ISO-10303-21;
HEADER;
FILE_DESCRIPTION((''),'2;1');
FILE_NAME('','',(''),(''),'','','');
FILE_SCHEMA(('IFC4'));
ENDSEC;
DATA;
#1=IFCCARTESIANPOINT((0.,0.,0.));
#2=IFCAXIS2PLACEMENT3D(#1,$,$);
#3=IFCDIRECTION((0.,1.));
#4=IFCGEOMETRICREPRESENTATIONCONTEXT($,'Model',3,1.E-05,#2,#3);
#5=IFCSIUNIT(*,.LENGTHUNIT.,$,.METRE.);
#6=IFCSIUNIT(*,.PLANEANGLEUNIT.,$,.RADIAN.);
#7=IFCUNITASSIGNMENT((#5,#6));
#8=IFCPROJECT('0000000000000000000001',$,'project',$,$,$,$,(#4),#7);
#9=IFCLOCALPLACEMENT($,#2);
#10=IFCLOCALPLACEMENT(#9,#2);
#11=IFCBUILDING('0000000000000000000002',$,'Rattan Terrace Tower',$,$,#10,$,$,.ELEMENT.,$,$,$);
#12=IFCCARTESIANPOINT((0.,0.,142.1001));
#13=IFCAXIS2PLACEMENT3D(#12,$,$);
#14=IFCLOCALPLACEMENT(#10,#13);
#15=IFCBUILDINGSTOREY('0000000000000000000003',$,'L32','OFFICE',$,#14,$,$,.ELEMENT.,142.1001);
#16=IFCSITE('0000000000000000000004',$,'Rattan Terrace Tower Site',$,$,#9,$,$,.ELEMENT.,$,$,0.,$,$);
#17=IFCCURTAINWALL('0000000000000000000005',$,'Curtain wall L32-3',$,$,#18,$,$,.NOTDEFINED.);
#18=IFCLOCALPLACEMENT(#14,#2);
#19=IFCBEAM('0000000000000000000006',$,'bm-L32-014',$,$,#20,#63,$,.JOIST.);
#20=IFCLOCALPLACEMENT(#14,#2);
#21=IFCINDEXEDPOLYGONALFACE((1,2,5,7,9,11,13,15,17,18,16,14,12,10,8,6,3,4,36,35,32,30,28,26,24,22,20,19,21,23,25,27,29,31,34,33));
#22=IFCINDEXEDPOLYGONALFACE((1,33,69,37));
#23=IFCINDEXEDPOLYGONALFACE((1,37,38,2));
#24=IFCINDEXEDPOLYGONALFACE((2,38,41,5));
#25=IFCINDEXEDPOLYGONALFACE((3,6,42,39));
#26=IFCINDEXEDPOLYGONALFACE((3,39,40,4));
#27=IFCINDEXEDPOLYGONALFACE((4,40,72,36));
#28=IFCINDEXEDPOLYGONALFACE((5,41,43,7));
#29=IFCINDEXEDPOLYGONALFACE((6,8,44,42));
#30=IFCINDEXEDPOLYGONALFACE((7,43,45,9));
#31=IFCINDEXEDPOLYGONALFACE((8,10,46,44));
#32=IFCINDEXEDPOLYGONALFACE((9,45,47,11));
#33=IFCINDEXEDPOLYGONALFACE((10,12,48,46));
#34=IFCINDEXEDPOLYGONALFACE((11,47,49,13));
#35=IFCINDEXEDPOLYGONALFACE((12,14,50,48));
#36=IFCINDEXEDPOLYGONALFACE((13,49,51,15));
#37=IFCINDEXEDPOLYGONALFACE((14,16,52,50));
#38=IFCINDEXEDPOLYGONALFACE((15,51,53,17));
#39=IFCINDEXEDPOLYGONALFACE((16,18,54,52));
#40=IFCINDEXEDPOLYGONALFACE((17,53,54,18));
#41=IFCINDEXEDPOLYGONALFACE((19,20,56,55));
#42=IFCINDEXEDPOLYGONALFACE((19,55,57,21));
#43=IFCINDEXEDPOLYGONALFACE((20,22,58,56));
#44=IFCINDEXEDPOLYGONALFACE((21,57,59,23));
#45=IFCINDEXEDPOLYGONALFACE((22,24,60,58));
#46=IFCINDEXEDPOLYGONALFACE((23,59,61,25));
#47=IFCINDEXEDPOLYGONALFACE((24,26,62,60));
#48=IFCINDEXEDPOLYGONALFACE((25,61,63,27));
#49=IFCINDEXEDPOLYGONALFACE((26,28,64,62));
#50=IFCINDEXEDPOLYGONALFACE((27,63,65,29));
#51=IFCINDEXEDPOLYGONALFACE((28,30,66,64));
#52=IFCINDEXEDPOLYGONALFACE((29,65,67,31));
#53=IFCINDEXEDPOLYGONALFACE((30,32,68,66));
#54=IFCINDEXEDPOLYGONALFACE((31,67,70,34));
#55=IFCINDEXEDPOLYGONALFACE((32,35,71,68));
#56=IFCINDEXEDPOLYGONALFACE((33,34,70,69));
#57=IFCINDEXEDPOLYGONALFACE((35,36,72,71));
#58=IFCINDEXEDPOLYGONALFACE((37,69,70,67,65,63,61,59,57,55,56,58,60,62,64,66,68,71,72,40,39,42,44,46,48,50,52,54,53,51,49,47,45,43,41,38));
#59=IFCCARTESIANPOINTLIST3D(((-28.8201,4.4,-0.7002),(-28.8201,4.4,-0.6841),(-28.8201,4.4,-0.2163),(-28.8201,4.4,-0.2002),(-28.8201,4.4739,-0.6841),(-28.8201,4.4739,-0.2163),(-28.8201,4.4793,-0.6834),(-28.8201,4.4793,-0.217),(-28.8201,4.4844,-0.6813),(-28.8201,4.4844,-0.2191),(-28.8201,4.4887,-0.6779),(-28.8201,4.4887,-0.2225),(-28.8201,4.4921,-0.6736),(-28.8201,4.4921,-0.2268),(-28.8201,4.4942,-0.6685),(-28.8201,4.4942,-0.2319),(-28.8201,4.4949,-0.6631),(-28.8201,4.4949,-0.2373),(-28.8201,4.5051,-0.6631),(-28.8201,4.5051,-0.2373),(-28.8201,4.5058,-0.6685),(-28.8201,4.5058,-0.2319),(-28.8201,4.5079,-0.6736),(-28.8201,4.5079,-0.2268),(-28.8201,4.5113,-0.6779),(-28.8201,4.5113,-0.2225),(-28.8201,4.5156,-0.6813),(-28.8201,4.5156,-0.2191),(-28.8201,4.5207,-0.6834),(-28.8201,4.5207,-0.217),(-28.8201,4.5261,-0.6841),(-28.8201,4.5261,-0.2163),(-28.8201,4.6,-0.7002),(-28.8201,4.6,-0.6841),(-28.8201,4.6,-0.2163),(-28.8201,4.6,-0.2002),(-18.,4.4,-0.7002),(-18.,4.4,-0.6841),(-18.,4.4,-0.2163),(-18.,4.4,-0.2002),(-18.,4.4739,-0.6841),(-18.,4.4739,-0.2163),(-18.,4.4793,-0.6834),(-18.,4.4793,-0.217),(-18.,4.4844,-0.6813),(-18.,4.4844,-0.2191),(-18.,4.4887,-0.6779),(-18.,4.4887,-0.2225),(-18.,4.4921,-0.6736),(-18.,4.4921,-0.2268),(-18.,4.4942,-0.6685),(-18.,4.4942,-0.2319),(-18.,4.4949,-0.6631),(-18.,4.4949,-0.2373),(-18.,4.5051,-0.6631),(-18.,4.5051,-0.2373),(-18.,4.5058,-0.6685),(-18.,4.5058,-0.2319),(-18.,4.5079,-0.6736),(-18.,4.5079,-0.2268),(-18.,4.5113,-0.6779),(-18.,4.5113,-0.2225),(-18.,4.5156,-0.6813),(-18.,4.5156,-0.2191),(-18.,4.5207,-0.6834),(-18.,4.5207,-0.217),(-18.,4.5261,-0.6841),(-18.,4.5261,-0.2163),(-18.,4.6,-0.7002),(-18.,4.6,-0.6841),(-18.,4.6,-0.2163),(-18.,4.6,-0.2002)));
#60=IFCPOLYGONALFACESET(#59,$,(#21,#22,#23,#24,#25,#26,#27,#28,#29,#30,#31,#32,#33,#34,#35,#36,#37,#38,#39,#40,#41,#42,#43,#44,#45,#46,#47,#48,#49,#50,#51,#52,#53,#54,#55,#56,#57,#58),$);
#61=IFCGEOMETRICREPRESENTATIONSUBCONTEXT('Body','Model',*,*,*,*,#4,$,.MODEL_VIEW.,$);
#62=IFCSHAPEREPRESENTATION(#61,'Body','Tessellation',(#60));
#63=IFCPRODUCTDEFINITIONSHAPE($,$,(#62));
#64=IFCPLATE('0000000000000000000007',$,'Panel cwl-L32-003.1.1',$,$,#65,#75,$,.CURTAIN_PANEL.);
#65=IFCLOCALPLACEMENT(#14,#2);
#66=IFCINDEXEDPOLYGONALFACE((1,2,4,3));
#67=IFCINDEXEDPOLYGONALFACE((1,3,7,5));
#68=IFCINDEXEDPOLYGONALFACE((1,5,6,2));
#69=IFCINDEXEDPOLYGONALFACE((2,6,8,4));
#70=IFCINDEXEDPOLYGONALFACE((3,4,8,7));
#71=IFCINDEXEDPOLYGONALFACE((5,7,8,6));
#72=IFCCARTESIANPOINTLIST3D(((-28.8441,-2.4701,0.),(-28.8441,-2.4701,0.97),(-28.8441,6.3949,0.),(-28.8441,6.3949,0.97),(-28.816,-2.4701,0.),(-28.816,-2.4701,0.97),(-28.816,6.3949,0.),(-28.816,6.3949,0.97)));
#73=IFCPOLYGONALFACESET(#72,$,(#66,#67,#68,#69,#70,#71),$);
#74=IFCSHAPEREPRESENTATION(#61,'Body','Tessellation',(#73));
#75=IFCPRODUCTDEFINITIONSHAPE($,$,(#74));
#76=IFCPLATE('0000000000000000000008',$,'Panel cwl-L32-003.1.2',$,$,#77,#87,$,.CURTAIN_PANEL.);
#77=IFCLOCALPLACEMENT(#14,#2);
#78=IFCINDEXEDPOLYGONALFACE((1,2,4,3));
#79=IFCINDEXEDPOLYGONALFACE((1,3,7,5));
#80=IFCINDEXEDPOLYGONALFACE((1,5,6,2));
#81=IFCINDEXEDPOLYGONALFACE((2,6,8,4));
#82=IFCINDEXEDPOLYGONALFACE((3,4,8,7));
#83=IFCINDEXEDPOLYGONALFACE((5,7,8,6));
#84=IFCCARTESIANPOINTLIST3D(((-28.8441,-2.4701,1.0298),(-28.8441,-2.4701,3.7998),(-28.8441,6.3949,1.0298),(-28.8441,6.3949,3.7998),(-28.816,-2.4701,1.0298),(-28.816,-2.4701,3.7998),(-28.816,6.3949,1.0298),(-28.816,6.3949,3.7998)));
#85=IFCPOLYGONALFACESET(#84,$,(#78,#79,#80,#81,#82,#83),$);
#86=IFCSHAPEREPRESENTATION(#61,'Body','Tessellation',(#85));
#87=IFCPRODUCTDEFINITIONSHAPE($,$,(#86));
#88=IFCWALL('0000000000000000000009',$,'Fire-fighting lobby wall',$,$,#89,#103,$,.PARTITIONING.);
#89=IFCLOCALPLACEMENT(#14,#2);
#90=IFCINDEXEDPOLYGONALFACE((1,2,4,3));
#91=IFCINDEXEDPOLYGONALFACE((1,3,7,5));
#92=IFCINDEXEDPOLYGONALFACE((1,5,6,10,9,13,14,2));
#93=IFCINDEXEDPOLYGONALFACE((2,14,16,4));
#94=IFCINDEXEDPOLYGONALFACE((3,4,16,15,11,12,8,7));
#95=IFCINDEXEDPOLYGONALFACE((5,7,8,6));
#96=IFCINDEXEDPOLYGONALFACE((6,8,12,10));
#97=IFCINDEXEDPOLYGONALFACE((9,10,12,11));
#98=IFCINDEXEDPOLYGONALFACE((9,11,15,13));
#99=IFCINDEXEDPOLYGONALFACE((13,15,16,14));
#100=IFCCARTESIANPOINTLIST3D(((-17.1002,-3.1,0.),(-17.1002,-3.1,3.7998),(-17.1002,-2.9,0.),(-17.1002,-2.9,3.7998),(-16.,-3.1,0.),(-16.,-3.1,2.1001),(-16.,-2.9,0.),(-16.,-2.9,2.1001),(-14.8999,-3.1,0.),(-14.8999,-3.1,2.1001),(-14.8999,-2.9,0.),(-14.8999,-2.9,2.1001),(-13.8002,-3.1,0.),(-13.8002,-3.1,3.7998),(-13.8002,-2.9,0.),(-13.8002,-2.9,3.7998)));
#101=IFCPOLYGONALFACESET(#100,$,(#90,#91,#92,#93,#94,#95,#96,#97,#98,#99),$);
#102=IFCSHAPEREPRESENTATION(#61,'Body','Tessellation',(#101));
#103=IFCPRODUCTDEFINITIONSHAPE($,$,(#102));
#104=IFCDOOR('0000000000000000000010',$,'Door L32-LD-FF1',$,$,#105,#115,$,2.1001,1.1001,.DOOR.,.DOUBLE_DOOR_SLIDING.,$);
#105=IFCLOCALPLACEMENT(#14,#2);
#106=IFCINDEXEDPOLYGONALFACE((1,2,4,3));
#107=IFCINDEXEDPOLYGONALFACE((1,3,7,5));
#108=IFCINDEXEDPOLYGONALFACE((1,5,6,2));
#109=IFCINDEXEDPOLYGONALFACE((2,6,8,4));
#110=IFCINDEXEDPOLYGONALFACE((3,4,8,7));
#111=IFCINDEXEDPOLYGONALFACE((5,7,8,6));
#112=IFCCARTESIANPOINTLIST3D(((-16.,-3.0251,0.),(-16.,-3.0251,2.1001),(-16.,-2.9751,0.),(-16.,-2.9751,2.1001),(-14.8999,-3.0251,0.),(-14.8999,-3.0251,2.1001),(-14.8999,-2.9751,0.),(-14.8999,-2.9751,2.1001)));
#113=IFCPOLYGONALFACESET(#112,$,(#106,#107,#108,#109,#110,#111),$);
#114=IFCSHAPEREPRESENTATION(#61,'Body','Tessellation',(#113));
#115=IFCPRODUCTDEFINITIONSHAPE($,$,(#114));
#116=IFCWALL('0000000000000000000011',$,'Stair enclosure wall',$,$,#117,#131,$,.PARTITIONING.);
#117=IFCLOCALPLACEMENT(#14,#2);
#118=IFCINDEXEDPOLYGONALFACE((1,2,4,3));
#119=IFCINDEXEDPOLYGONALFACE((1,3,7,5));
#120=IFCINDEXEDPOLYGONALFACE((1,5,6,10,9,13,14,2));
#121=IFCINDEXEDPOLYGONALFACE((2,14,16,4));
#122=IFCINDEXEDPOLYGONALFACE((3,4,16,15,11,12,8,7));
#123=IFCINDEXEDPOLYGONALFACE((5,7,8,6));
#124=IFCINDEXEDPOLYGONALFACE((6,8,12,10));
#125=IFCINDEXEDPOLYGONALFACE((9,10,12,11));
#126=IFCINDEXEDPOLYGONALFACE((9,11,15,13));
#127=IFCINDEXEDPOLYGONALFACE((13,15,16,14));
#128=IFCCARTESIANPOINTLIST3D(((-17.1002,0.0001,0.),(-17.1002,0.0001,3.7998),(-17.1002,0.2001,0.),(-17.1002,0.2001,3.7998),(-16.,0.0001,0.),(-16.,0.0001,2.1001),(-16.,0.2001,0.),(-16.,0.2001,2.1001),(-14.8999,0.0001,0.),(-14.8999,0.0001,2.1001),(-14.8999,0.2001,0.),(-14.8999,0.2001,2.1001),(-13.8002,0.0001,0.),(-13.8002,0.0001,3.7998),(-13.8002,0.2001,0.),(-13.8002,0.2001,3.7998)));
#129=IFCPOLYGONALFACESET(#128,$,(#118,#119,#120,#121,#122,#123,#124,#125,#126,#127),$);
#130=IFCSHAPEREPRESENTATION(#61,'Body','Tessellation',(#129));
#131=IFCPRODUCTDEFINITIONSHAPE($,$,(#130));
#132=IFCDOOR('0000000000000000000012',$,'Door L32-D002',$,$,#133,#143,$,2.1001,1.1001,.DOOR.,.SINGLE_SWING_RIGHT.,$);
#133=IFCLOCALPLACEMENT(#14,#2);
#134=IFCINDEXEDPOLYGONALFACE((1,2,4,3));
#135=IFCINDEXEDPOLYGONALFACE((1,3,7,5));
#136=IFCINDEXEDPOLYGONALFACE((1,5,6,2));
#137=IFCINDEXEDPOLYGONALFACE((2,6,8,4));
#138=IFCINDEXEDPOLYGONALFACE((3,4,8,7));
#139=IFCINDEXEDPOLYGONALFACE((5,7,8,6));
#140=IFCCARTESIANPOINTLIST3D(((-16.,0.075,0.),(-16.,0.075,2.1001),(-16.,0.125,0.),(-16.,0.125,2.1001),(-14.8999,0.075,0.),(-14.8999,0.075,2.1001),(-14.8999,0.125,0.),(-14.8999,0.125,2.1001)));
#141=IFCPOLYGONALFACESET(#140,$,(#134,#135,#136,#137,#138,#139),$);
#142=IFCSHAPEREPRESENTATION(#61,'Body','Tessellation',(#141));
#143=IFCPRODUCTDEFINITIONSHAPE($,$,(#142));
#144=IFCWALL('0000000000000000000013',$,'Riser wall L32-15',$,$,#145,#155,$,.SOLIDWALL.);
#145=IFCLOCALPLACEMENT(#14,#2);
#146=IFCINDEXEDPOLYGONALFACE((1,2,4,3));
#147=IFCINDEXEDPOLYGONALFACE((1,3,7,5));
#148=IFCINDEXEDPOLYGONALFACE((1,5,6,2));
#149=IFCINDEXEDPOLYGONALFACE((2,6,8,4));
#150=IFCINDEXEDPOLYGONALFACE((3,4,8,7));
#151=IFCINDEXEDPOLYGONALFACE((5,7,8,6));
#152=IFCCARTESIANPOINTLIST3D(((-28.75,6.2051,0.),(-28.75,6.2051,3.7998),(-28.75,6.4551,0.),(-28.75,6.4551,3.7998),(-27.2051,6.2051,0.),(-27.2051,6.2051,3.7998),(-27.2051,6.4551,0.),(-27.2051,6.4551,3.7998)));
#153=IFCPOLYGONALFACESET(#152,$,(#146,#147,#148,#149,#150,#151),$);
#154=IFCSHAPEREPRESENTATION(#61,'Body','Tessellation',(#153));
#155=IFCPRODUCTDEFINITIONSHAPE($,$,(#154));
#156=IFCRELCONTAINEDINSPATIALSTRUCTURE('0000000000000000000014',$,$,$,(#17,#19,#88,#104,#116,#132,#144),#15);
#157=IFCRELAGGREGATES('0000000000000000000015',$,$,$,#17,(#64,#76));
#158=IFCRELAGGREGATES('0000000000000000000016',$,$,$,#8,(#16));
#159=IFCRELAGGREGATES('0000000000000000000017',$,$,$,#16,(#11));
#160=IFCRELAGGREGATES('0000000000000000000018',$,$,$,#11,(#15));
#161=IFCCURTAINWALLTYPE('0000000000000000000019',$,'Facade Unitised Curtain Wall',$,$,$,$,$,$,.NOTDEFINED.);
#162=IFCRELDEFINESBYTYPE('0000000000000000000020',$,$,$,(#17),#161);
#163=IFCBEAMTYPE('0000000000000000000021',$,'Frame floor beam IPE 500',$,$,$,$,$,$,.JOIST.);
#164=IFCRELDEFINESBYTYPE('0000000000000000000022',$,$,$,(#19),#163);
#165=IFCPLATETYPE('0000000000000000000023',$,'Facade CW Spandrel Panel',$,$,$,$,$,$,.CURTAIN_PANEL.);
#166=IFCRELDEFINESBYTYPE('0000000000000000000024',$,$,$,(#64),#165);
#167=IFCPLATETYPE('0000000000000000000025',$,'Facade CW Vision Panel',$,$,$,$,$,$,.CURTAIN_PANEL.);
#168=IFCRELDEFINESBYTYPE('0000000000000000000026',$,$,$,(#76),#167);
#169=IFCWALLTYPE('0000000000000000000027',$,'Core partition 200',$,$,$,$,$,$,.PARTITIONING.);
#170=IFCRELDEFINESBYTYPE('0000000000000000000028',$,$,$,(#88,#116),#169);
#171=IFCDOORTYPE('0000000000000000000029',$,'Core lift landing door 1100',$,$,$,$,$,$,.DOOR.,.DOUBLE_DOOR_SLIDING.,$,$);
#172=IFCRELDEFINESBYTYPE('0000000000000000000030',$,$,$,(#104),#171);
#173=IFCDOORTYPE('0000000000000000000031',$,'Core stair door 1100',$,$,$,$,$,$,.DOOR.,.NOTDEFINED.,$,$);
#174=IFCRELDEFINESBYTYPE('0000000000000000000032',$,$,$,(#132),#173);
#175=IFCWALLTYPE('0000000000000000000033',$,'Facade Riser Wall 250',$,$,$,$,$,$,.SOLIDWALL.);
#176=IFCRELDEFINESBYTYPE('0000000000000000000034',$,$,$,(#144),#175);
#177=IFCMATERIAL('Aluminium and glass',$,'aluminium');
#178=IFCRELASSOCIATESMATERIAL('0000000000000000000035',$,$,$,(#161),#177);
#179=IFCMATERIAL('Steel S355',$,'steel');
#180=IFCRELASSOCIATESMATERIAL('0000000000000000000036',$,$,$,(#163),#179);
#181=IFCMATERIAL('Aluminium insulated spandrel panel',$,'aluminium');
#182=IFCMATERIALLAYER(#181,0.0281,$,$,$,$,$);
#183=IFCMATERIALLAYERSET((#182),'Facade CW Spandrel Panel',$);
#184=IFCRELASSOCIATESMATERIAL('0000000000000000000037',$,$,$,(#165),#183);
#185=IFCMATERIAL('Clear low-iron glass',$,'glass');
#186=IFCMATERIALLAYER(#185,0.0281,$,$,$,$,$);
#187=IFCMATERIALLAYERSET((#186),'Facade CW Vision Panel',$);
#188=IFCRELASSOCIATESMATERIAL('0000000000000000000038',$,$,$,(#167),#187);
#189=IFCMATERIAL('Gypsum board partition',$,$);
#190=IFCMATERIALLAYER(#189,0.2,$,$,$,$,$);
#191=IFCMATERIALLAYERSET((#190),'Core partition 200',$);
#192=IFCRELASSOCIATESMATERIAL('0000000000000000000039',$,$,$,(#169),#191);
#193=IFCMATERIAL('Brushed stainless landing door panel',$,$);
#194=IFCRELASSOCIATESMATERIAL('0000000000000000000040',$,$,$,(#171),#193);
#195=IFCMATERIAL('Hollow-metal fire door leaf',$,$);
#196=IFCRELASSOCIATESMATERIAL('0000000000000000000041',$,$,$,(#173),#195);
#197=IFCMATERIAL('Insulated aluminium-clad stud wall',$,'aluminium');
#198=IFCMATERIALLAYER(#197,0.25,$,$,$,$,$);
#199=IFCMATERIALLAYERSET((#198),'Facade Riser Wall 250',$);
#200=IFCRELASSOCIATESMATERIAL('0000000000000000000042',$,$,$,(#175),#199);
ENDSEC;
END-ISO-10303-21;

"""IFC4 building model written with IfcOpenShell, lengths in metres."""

from ifc_helpers import new_model, si_unit, direction, frame, frame_2d, origin, origin_2d, place, context, subcontext, project, spatial, rectangle, i_section, extrude, material, layer, layer_set, material_profile, profile_set, type_object, element, fill, aggregate, save


model = new_model("IFC4")

# Units and contexts
model_context = context("Model", 3, precision=1e-05, world=origin(), true_north=direction((0.0, 1.0)))
body_context = subcontext(model_context, "Body", "Model", "MODEL_VIEW")
ifc_project = project(units=[si_unit("LENGTHUNIT", "METRE"), si_unit("PLANEANGLEUNIT", "RADIAN")], contexts=[model_context])

# Site, building, storey
site_placement = place(None, origin())
site = spatial("IfcSite", under=ifc_project, at=site_placement, Name="Rattan Terrace Tower Site", CompositionType="ELEMENT", RefElevation=0.0)
building_placement = place(site_placement, origin())
building = spatial("IfcBuilding", under=site, at=building_placement, Name="Rattan Terrace Tower", CompositionType="ELEMENT")
storey_placement = place(building_placement, frame((0.0, 0.0, 142.1001)))
storey = spatial("IfcBuildingStorey", under=building, at=storey_placement, Name="L32", Description="OFFICE", CompositionType="ELEMENT", Elevation=142.1001)

# Curtain wall
ifc_material_1 = material(Name="Aluminium and glass", Category="aluminium")
curtain_wall_type = type_object("IfcCurtainWallType", Name="Facade Unitised Curtain Wall", PredefinedType="NOTDEFINED", material=ifc_material_1)
curtain_wall_placement = place(storey_placement, origin())
curtain_wall = element("IfcCurtainWall", 1, at=curtain_wall_placement, inside=storey, type_object=curtain_wall_type, Name="Curtain wall L32-3", PredefinedType="NOTDEFINED")

# Beam
ifc_material_2 = material(Name="Steel S355", Category="steel")
ifc_material_profile_1 = material_profile(ifc_material_2, i_section(OverallWidth=0.2, OverallDepth=0.5, WebThickness=0.0103, FlangeThickness=0.0161, FilletRadius=0.021, at=origin_2d()), Name="IPE 500")
ifc_profile_set_1 = profile_set([ifc_material_profile_1], Name="Steel S355")
beam_type_1 = type_object("IfcBeamType", Name="Frame floor beam IPE 500", PredefinedType="JOIST", material=ifc_profile_set_1)
for number, where, z_axis, x_axis, name in (
    (2, (-28.8201, 4.5, -0.4502), (1.0, 0.0, 0.0), (0.0, 1.0, 0.0), "bm-L32-014"),
):
    element("IfcBeam", number, at=place(storey_placement, frame(where, z_axis=z_axis, x_axis=x_axis)), inside=storey, type_object=beam_type_1, Name=name, PredefinedType="JOIST", context=body_context, shape_type="SweptSolid", body=[
        extrude(i_section(OverallWidth=0.2, OverallDepth=0.5, WebThickness=0.0103, FlangeThickness=0.0161, FilletRadius=0.021, at=origin_2d()), origin(), (0.0, 0.0, 1.0), 10.8201),
    ])

# Plates
ifc_material_3 = material(Name="Aluminium insulated spandrel panel", Category="aluminium")
ifc_layer_1 = layer(ifc_material_3, 0.0281)
ifc_layer_set_1 = layer_set([ifc_layer_1], Name="Facade CW Spandrel Panel")
plate_type_1 = type_object("IfcPlateType", Name="Facade CW Spandrel Panel", PredefinedType="CURTAIN_PANEL", material=ifc_layer_set_1)
plate_1_placement = place(storey_placement, frame((-28.8301, 1.9624, 0.0), z_axis=(0.0, 0.0, 1.0), x_axis=(0.0, -1.0, 0.0)))
plate_1 = element("IfcPlate", 3, at=plate_1_placement, type_object=plate_type_1, Name="Panel cwl-L32-003.1.1", PredefinedType="CURTAIN_PANEL", context=body_context, shape_type="SweptSolid", body=[
    extrude(rectangle(XDim=8.865, YDim=0.0281, at=origin_2d()), origin(), (0.0, 0.0, 1.0), 0.97),
])
ifc_material_4 = material(Name="Clear low-iron glass", Category="glass")
ifc_layer_2 = layer(ifc_material_4, 0.0281)
ifc_layer_set_2 = layer_set([ifc_layer_2], Name="Facade CW Vision Panel")
plate_type_2 = type_object("IfcPlateType", Name="Facade CW Vision Panel", PredefinedType="CURTAIN_PANEL", material=ifc_layer_set_2)
plate_2_placement = place(storey_placement, frame((-28.8301, 1.9624, 1.0298), z_axis=(0.0, 0.0, 1.0), x_axis=(0.0, -1.0, 0.0)))
plate_2 = element("IfcPlate", 4, at=plate_2_placement, type_object=plate_type_2, Name="Panel cwl-L32-003.1.2", PredefinedType="CURTAIN_PANEL", context=body_context, shape_type="SweptSolid", body=[
    extrude(rectangle(XDim=8.865, YDim=0.0281, at=origin_2d()), origin(), (0.0, 0.0, 1.0), 2.77),
])
aggregate(curtain_wall, [plate_1, plate_2])

# Walls, openings, doors
ifc_material_5 = material(Name="Gypsum board partition")
ifc_layer_3 = layer(ifc_material_5, 0.2)
ifc_layer_set_3 = layer_set([ifc_layer_3], Name="Core partition 200")
wall_type_1 = type_object("IfcWallType", Name="Core partition 200", PredefinedType="PARTITIONING", material=ifc_layer_set_3)
wall_1_placement = place(storey_placement, frame((-17.1001, -3.0, 0.0), z_axis=(0.0, 0.0, 1.0), x_axis=(1.0, 0.0, 0.0)))
wall_1 = element("IfcWall", 5, at=wall_1_placement, inside=storey, type_object=wall_type_1, Name="Fire-fighting lobby wall", PredefinedType="PARTITIONING", context=body_context, shape_type="SweptSolid", body=[
    extrude(rectangle(XDim=3.3, YDim=0.2, at=frame_2d((1.6499, 0.0))), origin(), (0.0, 0.0, 1.0), 3.7998),
])
opening_1_placement = place(wall_1_placement, frame((1.1001, 0.0, 0.0)))
opening_1 = element("IfcOpeningElement", 6, at=opening_1_placement, cuts=wall_1, PredefinedType="OPENING", context=body_context, shape_type="SweptSolid", body=[
    extrude(rectangle(XDim=1.1001, YDim=2.1001, at=frame_2d((0.55, 1.05))), frame((0.0, 0.1106, 0.0), z_axis=(0.0, -1.0, 0.0), x_axis=(1.0, 0.0, 0.0)), (0.0, 0.0, 1.0), 0.2209),
])
ifc_material_6 = material(Name="Brushed stainless landing door panel")
door_type_1 = type_object("IfcDoorType", Name="Core lift landing door 1100", OperationType="DOUBLE_DOOR_SLIDING", PredefinedType="DOOR", material=ifc_material_6)
door_1_placement = place(opening_1_placement, origin())
door_1 = element("IfcDoor", 7, at=door_1_placement, inside=storey, type_object=door_type_1, Name="Door L32-LD-FF1", OperationType="DOUBLE_DOOR_SLIDING", OverallHeight=2.1001, OverallWidth=1.1001, PredefinedType="DOOR", context=body_context, shape_type="SweptSolid", body=[
    extrude(rectangle(XDim=1.1001, YDim=2.1001, at=frame_2d((0.55, 1.05))), frame((0.0, 0.0249, 0.0), z_axis=(0.0, -1.0, 0.0), x_axis=(1.0, 0.0, 0.0)), (0.0, 0.0, 1.0), 0.05),
])
fill(opening_1, door_1)
wall_2_placement = place(storey_placement, frame((-17.1001, 0.1001, 0.0), z_axis=(0.0, 0.0, 1.0), x_axis=(1.0, 0.0, 0.0)))
wall_2 = element("IfcWall", 8, at=wall_2_placement, inside=storey, type_object=wall_type_1, Name="Stair enclosure wall", PredefinedType="PARTITIONING", context=body_context, shape_type="SweptSolid", body=[
    extrude(rectangle(XDim=3.3, YDim=0.2, at=frame_2d((1.6499, 0.0))), origin(), (0.0, 0.0, 1.0), 3.7998),
])
opening_2_placement = place(wall_2_placement, frame((1.1001, 0.0, 0.0)))
opening_2 = element("IfcOpeningElement", 9, at=opening_2_placement, cuts=wall_2, PredefinedType="OPENING", context=body_context, shape_type="SweptSolid", body=[
    extrude(rectangle(XDim=1.1001, YDim=2.1001, at=frame_2d((0.55, 1.05))), frame((0.0, 0.1106, 0.0), z_axis=(0.0, -1.0, 0.0), x_axis=(1.0, 0.0, 0.0)), (0.0, 0.0, 1.0), 0.2209),
])
ifc_material_7 = material(Name="Hollow-metal fire door leaf")
door_type_2 = type_object("IfcDoorType", Name="Core stair door 1100", OperationType="NOTDEFINED", PredefinedType="DOOR", material=ifc_material_7)
door_2_placement = place(opening_2_placement, origin())
door_2 = element("IfcDoor", 10, at=door_2_placement, inside=storey, type_object=door_type_2, Name="Door L32-D002", OperationType="SINGLE_SWING_RIGHT", OverallHeight=2.1001, OverallWidth=1.1001, PredefinedType="DOOR", context=body_context, shape_type="SweptSolid", body=[
    extrude(rectangle(XDim=1.1001, YDim=2.1001, at=frame_2d((0.55, 1.05))), frame((0.0, 0.0249, 0.0), z_axis=(0.0, -1.0, 0.0), x_axis=(1.0, 0.0, 0.0)), (0.0, 0.0, 1.0), 0.05),
])
fill(opening_2, door_2)

# Wall
ifc_material_8 = material(Name="Insulated aluminium-clad stud wall", Category="aluminium")
ifc_layer_4 = layer(ifc_material_8, 0.25)
ifc_layer_set_4 = layer_set([ifc_layer_4], Name="Facade Riser Wall 250")
wall_type_2 = type_object("IfcWallType", Name="Facade Riser Wall 250", PredefinedType="SOLIDWALL", material=ifc_layer_set_4)
wall_3_placement = place(storey_placement, frame((-27.2051, 6.3301, 0.0), z_axis=(0.0, 0.0, 1.0), x_axis=(-1.0, 0.0, 0.0)))
element("IfcWall", 11, at=wall_3_placement, inside=storey, type_object=wall_type_2, Name="Riser wall L32-15", PredefinedType="SOLIDWALL", context=body_context, shape_type="SweptSolid", body=[
    extrude(rectangle(XDim=1.5449, YDim=0.25, at=frame_2d((0.7725, 0.0))), origin(), (0.0, 0.0, 1.0), 3.7998),
])

save(model, "model.ifc")
